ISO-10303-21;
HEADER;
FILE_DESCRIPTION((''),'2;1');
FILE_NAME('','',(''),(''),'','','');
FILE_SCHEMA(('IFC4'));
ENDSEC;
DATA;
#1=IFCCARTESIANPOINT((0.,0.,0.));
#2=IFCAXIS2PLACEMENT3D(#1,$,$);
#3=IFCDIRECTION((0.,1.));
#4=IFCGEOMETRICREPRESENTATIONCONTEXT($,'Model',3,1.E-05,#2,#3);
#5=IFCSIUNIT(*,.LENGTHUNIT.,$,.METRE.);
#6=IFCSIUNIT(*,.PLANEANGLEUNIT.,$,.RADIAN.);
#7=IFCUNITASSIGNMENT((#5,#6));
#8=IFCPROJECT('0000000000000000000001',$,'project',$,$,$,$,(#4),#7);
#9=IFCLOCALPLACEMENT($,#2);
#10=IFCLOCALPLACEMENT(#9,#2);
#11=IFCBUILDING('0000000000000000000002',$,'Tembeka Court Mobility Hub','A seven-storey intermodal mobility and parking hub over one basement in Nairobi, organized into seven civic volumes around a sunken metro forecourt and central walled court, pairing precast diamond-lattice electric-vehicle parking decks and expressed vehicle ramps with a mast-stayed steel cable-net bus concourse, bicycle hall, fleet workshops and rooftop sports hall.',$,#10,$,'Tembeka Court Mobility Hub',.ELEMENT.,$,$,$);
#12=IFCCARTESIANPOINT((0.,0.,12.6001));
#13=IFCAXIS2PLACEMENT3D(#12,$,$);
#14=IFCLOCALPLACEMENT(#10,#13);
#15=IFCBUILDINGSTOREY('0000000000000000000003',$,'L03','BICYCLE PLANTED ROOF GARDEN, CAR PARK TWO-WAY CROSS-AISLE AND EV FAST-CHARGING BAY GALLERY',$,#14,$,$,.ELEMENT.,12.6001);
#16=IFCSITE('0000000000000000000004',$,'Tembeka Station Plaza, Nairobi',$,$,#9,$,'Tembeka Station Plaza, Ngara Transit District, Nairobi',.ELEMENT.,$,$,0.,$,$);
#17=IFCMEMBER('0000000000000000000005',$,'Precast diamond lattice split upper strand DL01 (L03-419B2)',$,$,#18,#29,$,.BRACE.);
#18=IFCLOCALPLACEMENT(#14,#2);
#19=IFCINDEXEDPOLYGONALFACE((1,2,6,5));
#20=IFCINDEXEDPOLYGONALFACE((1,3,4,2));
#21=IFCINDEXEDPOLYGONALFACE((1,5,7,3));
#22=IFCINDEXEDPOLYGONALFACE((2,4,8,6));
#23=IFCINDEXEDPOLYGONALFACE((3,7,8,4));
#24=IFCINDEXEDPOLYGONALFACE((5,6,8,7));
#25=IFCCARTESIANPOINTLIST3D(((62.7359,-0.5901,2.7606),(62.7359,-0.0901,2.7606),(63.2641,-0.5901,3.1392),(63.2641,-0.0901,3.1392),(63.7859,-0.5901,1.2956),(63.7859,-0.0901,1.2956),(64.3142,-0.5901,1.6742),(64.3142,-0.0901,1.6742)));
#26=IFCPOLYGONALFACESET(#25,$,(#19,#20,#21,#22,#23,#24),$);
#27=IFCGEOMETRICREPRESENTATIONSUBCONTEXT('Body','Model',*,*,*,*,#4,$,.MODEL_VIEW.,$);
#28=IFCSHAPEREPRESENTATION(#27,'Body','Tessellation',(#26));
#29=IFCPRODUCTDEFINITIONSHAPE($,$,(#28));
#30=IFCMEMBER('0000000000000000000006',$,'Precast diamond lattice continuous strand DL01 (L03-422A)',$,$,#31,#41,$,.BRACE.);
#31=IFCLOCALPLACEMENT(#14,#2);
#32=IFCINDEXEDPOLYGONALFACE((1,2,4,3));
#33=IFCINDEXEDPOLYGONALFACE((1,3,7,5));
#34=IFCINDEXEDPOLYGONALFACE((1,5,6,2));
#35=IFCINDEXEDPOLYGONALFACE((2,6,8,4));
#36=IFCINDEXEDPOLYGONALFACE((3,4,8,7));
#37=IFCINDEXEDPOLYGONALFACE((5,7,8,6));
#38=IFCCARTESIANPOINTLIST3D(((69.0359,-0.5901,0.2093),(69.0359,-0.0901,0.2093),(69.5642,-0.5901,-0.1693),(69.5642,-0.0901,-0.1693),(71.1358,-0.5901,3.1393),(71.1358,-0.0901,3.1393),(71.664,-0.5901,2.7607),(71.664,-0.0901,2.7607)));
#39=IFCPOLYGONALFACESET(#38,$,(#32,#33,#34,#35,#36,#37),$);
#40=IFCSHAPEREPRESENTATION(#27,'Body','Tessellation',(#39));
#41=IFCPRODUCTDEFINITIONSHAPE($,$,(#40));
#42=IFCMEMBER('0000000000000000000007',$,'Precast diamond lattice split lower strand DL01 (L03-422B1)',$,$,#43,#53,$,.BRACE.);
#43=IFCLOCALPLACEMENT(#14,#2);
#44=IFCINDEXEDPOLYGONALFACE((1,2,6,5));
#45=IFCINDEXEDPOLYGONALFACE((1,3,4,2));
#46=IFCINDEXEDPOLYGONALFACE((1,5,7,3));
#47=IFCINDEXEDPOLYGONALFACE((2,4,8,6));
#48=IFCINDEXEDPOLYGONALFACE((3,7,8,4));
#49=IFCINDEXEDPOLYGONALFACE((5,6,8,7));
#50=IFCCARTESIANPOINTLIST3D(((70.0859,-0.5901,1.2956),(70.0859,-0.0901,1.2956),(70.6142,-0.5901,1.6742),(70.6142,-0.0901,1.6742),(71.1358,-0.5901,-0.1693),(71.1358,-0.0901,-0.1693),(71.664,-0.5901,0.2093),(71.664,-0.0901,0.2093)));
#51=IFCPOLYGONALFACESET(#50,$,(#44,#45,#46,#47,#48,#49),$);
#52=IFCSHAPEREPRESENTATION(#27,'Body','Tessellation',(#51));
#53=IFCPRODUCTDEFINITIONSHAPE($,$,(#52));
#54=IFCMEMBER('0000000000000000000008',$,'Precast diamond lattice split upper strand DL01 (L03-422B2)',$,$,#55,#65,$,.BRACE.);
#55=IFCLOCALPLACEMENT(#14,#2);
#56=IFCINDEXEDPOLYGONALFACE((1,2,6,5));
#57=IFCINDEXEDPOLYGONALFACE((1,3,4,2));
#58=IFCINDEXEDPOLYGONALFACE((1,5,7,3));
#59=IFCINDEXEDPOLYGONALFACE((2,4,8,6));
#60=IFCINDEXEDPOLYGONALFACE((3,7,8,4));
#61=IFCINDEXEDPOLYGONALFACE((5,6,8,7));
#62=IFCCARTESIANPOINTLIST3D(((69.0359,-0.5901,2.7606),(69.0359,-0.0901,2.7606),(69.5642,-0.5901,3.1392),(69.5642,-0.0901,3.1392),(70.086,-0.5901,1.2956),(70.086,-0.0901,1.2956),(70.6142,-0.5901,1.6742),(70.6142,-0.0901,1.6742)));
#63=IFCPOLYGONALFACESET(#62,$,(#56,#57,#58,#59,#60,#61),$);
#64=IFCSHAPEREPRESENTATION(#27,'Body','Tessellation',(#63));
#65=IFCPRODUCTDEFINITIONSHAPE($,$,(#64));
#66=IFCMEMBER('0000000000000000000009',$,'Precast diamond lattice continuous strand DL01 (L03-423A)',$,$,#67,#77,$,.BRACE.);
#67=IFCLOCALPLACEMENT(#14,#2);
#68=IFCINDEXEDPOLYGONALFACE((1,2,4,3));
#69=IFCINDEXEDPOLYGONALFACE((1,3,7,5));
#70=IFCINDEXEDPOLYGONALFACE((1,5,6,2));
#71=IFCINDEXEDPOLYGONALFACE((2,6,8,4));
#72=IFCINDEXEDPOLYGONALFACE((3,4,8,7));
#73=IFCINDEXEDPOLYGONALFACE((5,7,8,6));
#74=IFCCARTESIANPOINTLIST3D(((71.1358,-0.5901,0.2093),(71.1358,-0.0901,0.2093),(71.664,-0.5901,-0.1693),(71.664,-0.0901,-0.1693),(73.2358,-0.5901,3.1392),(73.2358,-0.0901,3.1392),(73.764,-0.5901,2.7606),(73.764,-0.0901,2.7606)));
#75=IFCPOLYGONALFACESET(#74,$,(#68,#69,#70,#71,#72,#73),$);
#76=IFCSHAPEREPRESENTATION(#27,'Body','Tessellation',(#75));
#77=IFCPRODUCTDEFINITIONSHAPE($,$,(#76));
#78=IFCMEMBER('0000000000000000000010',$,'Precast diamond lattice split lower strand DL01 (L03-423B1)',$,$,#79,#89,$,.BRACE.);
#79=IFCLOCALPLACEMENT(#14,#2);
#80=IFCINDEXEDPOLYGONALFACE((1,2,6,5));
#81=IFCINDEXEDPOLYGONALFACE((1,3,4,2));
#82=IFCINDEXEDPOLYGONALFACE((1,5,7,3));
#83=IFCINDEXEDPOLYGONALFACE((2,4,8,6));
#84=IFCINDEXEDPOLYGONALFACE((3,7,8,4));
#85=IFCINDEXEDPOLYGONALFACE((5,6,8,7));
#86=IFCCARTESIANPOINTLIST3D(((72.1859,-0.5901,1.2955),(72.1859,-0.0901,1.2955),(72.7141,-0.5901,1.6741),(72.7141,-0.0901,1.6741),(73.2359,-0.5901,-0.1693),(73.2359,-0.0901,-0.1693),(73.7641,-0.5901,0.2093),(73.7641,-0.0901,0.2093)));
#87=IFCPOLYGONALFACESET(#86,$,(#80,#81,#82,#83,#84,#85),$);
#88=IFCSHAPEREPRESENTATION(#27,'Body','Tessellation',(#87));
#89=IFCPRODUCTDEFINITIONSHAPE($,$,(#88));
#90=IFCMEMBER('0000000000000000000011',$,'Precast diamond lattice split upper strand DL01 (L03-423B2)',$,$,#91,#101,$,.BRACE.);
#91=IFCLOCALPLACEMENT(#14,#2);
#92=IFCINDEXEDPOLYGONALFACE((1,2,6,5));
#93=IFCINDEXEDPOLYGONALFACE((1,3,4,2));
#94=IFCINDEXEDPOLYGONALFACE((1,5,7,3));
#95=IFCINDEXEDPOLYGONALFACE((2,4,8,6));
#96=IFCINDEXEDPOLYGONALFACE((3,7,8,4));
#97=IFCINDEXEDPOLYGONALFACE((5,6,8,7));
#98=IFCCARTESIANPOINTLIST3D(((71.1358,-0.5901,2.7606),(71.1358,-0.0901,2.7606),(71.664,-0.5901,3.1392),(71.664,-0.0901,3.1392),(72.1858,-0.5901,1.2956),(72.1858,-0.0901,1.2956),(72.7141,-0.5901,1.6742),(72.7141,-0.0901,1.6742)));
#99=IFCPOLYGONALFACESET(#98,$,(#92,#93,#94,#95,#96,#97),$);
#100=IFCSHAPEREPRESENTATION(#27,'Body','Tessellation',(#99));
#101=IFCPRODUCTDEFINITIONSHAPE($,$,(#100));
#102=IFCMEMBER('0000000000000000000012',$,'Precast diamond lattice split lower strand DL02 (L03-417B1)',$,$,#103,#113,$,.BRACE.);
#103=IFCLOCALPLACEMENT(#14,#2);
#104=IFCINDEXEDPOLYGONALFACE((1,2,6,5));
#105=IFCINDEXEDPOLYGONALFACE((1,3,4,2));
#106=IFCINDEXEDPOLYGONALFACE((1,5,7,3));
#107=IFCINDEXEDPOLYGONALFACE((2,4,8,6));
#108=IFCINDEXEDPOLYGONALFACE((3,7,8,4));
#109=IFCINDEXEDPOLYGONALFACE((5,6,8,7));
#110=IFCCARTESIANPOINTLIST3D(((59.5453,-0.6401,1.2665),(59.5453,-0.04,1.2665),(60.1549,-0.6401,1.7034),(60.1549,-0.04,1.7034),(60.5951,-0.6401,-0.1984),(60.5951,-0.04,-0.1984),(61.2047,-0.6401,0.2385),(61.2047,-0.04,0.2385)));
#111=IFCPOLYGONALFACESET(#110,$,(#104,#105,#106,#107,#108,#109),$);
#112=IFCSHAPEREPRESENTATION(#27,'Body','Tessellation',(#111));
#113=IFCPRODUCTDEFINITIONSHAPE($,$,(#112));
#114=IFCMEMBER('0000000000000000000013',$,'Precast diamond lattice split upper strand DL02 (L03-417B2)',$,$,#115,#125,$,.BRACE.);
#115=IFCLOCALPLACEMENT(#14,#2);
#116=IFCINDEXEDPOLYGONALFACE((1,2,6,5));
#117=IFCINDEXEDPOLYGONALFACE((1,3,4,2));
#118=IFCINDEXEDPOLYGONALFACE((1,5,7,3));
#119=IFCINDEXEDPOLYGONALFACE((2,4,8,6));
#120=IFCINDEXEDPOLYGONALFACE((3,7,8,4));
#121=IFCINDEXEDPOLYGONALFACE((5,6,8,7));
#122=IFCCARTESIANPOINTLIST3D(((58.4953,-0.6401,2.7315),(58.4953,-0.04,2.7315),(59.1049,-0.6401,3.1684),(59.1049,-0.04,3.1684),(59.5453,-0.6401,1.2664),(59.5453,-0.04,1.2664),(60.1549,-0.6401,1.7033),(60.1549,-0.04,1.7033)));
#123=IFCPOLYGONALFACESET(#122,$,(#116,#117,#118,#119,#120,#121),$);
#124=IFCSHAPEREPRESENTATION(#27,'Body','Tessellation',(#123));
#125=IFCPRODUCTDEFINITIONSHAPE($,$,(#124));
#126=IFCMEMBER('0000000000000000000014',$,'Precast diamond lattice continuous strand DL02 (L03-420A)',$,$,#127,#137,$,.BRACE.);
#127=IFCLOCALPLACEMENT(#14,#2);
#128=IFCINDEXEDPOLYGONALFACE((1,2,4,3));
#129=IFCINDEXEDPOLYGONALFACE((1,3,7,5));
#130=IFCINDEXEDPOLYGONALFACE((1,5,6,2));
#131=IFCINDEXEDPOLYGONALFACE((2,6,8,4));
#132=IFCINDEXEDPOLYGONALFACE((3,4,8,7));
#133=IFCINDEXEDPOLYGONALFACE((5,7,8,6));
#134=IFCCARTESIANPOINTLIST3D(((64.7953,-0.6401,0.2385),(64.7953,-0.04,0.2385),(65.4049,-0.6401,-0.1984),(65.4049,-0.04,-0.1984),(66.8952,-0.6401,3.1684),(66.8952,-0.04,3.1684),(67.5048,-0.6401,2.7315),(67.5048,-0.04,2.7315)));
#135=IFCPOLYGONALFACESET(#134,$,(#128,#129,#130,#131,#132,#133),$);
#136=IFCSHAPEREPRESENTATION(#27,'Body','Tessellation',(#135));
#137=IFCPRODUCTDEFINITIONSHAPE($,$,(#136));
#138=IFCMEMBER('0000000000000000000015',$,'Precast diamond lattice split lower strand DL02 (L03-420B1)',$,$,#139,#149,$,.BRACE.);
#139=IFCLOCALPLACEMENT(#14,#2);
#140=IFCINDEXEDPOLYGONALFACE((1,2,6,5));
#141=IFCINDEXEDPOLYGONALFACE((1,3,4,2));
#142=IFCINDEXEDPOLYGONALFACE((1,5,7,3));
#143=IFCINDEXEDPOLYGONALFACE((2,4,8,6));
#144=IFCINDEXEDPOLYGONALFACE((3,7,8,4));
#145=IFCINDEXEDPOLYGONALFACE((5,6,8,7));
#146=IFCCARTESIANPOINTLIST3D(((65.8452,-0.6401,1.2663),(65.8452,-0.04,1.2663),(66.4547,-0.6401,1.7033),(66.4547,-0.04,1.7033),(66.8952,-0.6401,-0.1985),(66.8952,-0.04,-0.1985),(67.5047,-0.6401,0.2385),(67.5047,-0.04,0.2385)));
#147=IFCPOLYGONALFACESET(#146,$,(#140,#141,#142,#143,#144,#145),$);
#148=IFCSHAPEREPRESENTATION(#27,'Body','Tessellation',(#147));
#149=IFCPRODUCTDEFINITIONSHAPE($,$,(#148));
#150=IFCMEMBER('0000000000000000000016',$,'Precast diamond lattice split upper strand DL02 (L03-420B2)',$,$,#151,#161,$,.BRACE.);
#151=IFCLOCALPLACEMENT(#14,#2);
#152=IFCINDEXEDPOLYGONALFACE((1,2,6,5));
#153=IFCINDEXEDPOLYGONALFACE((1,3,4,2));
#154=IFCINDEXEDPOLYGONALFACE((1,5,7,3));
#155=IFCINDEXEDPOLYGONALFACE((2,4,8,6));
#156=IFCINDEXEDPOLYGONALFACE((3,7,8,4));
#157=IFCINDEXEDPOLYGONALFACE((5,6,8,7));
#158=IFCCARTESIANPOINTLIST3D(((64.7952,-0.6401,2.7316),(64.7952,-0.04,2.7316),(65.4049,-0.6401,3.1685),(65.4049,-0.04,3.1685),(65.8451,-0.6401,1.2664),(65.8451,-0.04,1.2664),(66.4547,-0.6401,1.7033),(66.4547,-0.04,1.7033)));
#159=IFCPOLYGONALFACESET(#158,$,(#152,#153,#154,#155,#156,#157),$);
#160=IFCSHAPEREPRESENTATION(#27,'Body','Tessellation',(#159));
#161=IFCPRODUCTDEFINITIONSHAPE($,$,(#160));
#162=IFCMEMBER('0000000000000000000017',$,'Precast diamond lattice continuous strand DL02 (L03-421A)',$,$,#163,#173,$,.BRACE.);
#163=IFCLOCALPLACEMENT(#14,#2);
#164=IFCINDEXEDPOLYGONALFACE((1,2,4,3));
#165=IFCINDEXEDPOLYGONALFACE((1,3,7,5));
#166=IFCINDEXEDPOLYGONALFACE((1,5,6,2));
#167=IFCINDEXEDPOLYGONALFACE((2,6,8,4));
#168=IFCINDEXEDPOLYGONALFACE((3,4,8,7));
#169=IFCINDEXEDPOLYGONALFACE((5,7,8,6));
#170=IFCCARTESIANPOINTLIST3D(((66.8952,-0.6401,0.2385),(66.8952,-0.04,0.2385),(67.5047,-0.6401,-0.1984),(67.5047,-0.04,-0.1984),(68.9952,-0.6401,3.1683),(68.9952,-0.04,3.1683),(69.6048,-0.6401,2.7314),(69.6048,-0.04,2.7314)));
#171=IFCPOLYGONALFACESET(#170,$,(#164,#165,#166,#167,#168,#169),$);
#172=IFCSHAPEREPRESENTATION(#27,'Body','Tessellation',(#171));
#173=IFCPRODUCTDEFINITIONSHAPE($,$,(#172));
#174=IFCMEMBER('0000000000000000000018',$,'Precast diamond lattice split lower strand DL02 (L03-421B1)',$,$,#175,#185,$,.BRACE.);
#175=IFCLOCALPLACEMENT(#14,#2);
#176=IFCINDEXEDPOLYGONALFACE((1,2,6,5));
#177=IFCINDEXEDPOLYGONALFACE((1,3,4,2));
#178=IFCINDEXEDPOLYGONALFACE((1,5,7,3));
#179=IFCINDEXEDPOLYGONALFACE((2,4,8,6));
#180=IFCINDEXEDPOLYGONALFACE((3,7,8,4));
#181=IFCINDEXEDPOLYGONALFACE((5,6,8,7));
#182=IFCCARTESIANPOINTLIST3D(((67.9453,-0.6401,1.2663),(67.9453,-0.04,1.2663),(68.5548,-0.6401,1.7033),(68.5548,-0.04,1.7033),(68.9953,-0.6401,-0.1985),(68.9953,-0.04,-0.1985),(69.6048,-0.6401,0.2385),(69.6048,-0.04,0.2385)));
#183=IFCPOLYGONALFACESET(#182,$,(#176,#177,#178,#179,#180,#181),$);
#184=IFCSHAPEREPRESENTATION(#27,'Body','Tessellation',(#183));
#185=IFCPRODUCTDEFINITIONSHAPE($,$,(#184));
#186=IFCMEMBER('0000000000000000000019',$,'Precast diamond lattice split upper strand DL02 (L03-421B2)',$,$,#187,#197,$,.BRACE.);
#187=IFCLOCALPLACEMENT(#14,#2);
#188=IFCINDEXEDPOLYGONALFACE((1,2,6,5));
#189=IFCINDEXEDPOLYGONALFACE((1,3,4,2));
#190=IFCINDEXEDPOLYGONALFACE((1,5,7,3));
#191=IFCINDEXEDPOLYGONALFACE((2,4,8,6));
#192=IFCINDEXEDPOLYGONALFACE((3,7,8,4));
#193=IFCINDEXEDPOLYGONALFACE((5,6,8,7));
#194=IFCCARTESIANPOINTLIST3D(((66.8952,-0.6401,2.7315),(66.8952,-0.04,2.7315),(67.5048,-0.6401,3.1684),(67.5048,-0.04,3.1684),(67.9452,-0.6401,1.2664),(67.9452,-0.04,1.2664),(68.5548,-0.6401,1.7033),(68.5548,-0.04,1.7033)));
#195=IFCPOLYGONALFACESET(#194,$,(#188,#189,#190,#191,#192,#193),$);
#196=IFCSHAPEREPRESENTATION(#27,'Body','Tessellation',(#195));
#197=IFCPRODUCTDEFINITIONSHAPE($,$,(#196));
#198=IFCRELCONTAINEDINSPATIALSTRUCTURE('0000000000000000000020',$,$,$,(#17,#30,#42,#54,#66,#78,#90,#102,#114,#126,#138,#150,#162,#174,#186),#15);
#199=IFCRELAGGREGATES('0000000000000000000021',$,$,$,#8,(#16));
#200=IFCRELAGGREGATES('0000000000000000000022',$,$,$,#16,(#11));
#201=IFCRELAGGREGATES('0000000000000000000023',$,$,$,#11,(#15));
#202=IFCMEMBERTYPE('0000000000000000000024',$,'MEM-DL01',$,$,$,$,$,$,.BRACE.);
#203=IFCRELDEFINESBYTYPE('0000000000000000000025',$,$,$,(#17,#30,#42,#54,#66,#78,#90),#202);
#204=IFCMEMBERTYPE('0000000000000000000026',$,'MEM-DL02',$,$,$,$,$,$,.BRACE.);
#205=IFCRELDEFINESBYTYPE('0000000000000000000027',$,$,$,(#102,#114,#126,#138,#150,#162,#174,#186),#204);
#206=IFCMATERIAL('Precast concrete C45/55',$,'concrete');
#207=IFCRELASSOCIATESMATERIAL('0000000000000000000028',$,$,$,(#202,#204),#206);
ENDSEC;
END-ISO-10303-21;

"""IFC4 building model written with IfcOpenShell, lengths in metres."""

from ifc_helpers import new_model, si_unit, direction, frame, origin, origin_2d, place, context, subcontext, project, spatial, rectangle, extrude, material, material_profile, profile_set, type_object, element, save


model = new_model("IFC4")

# Units and contexts
model_context = context("Model", 3, precision=1e-05, world=origin(), true_north=direction((0.0, 1.0)))
body_context = subcontext(model_context, "Body", "Model", "MODEL_VIEW")
ifc_project = project(units=[si_unit("LENGTHUNIT", "METRE"), si_unit("PLANEANGLEUNIT", "RADIAN")], contexts=[model_context])

# Site, building, storey
site_placement = place(None, origin())
site = spatial("IfcSite", under=ifc_project, at=site_placement, Name="Tembeka Station Plaza, Nairobi", LongName="Tembeka Station Plaza, Ngara Transit District, Nairobi", CompositionType="ELEMENT", RefElevation=0.0)
building_placement = place(site_placement, origin())
building = spatial("IfcBuilding", under=site, at=building_placement, Name="Tembeka Court Mobility Hub", Description="A seven-storey intermodal mobility and parking hub over one basement in Nairobi, organized into seven civic volumes around a sunken metro forecourt and central walled court, pairing precast diamond-lattice electric-vehicle parking decks and expressed vehicle ramps with a mast-stayed steel cable-net bus concourse, bicycle hall, fleet workshops and rooftop sports hall.", LongName="Tembeka Court Mobility Hub", CompositionType="ELEMENT")
storey_placement = place(building_placement, frame((0.0, 0.0, 12.6001)))
storey = spatial("IfcBuildingStorey", under=building, at=storey_placement, Name="L03", Description="BICYCLE PLANTED ROOF GARDEN, CAR PARK TWO-WAY CROSS-AISLE AND EV FAST-CHARGING BAY GALLERY", CompositionType="ELEMENT", Elevation=12.6001)

# Shared definitions
ifc_material_1 = material(Name="Precast concrete C45/55", Category="concrete")

# Members
ifc_material_profile_1 = material_profile(ifc_material_1, rectangle(XDim=0.5, YDim=0.6499, at=origin_2d()), Name="PC-DIAG 500x650")
ifc_profile_set_1 = profile_set([ifc_material_profile_1], Name="Precast concrete C45/55")
member_type_1 = type_object("IfcMemberType", Name="MEM-DL01", PredefinedType="BRACE", material=ifc_profile_set_1)
member_1_placement = place(storey_placement, frame((64.05, -0.3401, 1.4849), z_axis=(-0.582544, 0.0, 0.812799), x_axis=(0.0, -1.0, 0.0)))
element("IfcMember", 1, at=member_1_placement, inside=storey, type_object=member_type_1, Name="Precast diamond lattice split upper strand DL01 (L03-419B2)", PredefinedType="BRACE", context=body_context, shape_type="SweptSolid", body=[
    extrude(rectangle(XDim=0.5, YDim=0.6499, at=origin_2d()), origin(), (0.0, 0.0, 1.0), 1.8025),
])
member_2_placement = place(storey_placement, frame((69.3, -0.3401, 0.02), z_axis=(0.582532, 0.0, 0.812808), x_axis=(0.0, 1.0, 0.0)))
element("IfcMember", 2, at=member_2_placement, inside=storey, type_object=member_type_1, Name="Precast diamond lattice continuous strand DL01 (L03-422A)", PredefinedType="BRACE", context=body_context, shape_type="SweptSolid", body=[
    extrude(rectangle(XDim=0.5, YDim=0.6499, at=origin_2d()), origin(), (0.0, 0.0, 1.0), 3.6047),
])
member_3_placement = place(storey_placement, frame((71.3999, -0.3401, 0.02), z_axis=(-0.582519, 0.0, 0.812817), x_axis=(0.0, -1.0, 0.0)))
element("IfcMember", 3, at=member_3_placement, inside=storey, type_object=member_type_1, Name="Precast diamond lattice split lower strand DL01 (L03-422B1)", PredefinedType="BRACE", context=body_context, shape_type="SweptSolid", body=[
    extrude(rectangle(XDim=0.5, YDim=0.6499, at=origin_2d()), origin(), (0.0, 0.0, 1.0), 1.8022),
])
member_4_placement = place(storey_placement, frame((70.3501, -0.3401, 1.4849), z_axis=(-0.582544, 0.0, 0.812799), x_axis=(0.0, -1.0, 0.0)))
element("IfcMember", 4, at=member_4_placement, inside=storey, type_object=member_type_1, Name="Precast diamond lattice split upper strand DL01 (L03-422B2)", PredefinedType="BRACE", context=body_context, shape_type="SweptSolid", body=[
    extrude(rectangle(XDim=0.5, YDim=0.6499, at=origin_2d()), origin(), (0.0, 0.0, 1.0), 1.8025),
])
member_5_placement = place(storey_placement, frame((71.3999, -0.3401, 0.02), z_axis=(0.582576, 0.0, 0.812776), x_axis=(0.0, 1.0, 0.0)))
element("IfcMember", 5, at=member_5_placement, inside=storey, type_object=member_type_1, Name="Precast diamond lattice continuous strand DL01 (L03-423A)", PredefinedType="BRACE", context=body_context, shape_type="SweptSolid", body=[
    extrude(rectangle(XDim=0.5, YDim=0.6499, at=origin_2d()), origin(), (0.0, 0.0, 1.0), 3.6047),
])
member_6_placement = place(storey_placement, frame((73.5, -0.3401, 0.02), z_axis=(-0.582608, 0.0, 0.812753), x_axis=(0.0, -1.0, 0.0)))
element("IfcMember", 6, at=member_6_placement, inside=storey, type_object=member_type_1, Name="Precast diamond lattice split lower strand DL01 (L03-423B1)", PredefinedType="BRACE", context=body_context, shape_type="SweptSolid", body=[
    extrude(rectangle(XDim=0.5, YDim=0.6499, at=origin_2d()), origin(), (0.0, 0.0, 1.0), 1.8022),
])
member_7_placement = place(storey_placement, frame((72.45, -0.3401, 1.4849), z_axis=(-0.582544, 0.0, 0.812799), x_axis=(0.0, -1.0, 0.0)))
element("IfcMember", 7, at=member_7_placement, inside=storey, type_object=member_type_1, Name="Precast diamond lattice split upper strand DL01 (L03-423B2)", PredefinedType="BRACE", context=body_context, shape_type="SweptSolid", body=[
    extrude(rectangle(XDim=0.5, YDim=0.6499, at=origin_2d()), origin(), (0.0, 0.0, 1.0), 1.8025),
])
ifc_material_profile_2 = material_profile(ifc_material_1, rectangle(XDim=0.6001, YDim=0.75, at=origin_2d()), Name="PC-DIAG 600x750")
ifc_profile_set_2 = profile_set([ifc_material_profile_2], Name="Precast concrete C45/55")
member_type_2 = type_object("IfcMemberType", Name="MEM-DL02", PredefinedType="BRACE", material=ifc_profile_set_2)
member_8_placement = place(storey_placement, frame((60.8999, -0.3401, 0.02), z_axis=(-0.582519, 0.0, 0.812817), x_axis=(0.0, -1.0, 0.0)))
element("IfcMember", 8, at=member_8_placement, inside=storey, type_object=member_type_2, Name="Precast diamond lattice split lower strand DL02 (L03-417B1)", PredefinedType="BRACE", context=body_context, shape_type="SweptSolid", body=[
    extrude(rectangle(XDim=0.6001, YDim=0.75, at=origin_2d()), origin(), (0.0, 0.0, 1.0), 1.8022),
])
member_9_placement = place(storey_placement, frame((59.8501, -0.3401, 1.4849), z_axis=(-0.582544, 0.0, 0.812799), x_axis=(0.0, -1.0, 0.0)))
element("IfcMember", 9, at=member_9_placement, inside=storey, type_object=member_type_2, Name="Precast diamond lattice split upper strand DL02 (L03-417B2)", PredefinedType="BRACE", context=body_context, shape_type="SweptSolid", body=[
    extrude(rectangle(XDim=0.6001, YDim=0.75, at=origin_2d()), origin(), (0.0, 0.0, 1.0), 1.8025),
])
member_10_placement = place(storey_placement, frame((65.1001, -0.3401, 0.02), z_axis=(0.582532, 0.0, 0.812808), x_axis=(0.0, 1.0, 0.0)))
element("IfcMember", 10, at=member_10_placement, inside=storey, type_object=member_type_2, Name="Precast diamond lattice continuous strand DL02 (L03-420A)", PredefinedType="BRACE", context=body_context, shape_type="SweptSolid", body=[
    extrude(rectangle(XDim=0.6001, YDim=0.75, at=origin_2d()), origin(), (0.0, 0.0, 1.0), 3.6047),
])
member_11_placement = place(storey_placement, frame((67.2, -0.3401, 0.02), z_axis=(-0.582608, 0.0, 0.812753), x_axis=(0.0, -1.0, 0.0)))
element("IfcMember", 11, at=member_11_placement, inside=storey, type_object=member_type_2, Name="Precast diamond lattice split lower strand DL02 (L03-420B1)", PredefinedType="BRACE", context=body_context, shape_type="SweptSolid", body=[
    extrude(rectangle(XDim=0.6001, YDim=0.75, at=origin_2d()), origin(), (0.0, 0.0, 1.0), 1.8022),
])
member_12_placement = place(storey_placement, frame((66.1499, -0.3401, 1.4849), z_axis=(-0.582455, 0.0, 0.812863), x_axis=(0.0, -1.0, 0.0)))
element("IfcMember", 12, at=member_12_placement, inside=storey, type_object=member_type_2, Name="Precast diamond lattice split upper strand DL02 (L03-420B2)", PredefinedType="BRACE", context=body_context, shape_type="SweptSolid", body=[
    extrude(rectangle(XDim=0.6001, YDim=0.75, at=origin_2d()), origin(), (0.0, 0.0, 1.0), 1.8025),
])
member_13_placement = place(storey_placement, frame((67.2, -0.3401, 0.02), z_axis=(0.582576, 0.0, 0.812776), x_axis=(0.0, 1.0, 0.0)))
element("IfcMember", 13, at=member_13_placement, inside=storey, type_object=member_type_2, Name="Precast diamond lattice continuous strand DL02 (L03-421A)", PredefinedType="BRACE", context=body_context, shape_type="SweptSolid", body=[
    extrude(rectangle(XDim=0.6001, YDim=0.75, at=origin_2d()), origin(), (0.0, 0.0, 1.0), 3.6047),
])
member_14_placement = place(storey_placement, frame((69.3, -0.3401, 0.02), z_axis=(-0.582608, 0.0, 0.812753), x_axis=(0.0, -1.0, 0.0)))
element("IfcMember", 14, at=member_14_placement, inside=storey, type_object=member_type_2, Name="Precast diamond lattice split lower strand DL02 (L03-421B1)", PredefinedType="BRACE", context=body_context, shape_type="SweptSolid", body=[
    extrude(rectangle(XDim=0.6001, YDim=0.75, at=origin_2d()), origin(), (0.0, 0.0, 1.0), 1.8022),
])
member_15_placement = place(storey_placement, frame((68.25, -0.3401, 1.4849), z_axis=(-0.582544, 0.0, 0.812799), x_axis=(0.0, -1.0, 0.0)))
element("IfcMember", 15, at=member_15_placement, inside=storey, type_object=member_type_2, Name="Precast diamond lattice split upper strand DL02 (L03-421B2)", PredefinedType="BRACE", context=body_context, shape_type="SweptSolid", body=[
    extrude(rectangle(XDim=0.6001, YDim=0.75, at=origin_2d()), origin(), (0.0, 0.0, 1.0), 1.8025),
])

save(model, "model.ifc")
